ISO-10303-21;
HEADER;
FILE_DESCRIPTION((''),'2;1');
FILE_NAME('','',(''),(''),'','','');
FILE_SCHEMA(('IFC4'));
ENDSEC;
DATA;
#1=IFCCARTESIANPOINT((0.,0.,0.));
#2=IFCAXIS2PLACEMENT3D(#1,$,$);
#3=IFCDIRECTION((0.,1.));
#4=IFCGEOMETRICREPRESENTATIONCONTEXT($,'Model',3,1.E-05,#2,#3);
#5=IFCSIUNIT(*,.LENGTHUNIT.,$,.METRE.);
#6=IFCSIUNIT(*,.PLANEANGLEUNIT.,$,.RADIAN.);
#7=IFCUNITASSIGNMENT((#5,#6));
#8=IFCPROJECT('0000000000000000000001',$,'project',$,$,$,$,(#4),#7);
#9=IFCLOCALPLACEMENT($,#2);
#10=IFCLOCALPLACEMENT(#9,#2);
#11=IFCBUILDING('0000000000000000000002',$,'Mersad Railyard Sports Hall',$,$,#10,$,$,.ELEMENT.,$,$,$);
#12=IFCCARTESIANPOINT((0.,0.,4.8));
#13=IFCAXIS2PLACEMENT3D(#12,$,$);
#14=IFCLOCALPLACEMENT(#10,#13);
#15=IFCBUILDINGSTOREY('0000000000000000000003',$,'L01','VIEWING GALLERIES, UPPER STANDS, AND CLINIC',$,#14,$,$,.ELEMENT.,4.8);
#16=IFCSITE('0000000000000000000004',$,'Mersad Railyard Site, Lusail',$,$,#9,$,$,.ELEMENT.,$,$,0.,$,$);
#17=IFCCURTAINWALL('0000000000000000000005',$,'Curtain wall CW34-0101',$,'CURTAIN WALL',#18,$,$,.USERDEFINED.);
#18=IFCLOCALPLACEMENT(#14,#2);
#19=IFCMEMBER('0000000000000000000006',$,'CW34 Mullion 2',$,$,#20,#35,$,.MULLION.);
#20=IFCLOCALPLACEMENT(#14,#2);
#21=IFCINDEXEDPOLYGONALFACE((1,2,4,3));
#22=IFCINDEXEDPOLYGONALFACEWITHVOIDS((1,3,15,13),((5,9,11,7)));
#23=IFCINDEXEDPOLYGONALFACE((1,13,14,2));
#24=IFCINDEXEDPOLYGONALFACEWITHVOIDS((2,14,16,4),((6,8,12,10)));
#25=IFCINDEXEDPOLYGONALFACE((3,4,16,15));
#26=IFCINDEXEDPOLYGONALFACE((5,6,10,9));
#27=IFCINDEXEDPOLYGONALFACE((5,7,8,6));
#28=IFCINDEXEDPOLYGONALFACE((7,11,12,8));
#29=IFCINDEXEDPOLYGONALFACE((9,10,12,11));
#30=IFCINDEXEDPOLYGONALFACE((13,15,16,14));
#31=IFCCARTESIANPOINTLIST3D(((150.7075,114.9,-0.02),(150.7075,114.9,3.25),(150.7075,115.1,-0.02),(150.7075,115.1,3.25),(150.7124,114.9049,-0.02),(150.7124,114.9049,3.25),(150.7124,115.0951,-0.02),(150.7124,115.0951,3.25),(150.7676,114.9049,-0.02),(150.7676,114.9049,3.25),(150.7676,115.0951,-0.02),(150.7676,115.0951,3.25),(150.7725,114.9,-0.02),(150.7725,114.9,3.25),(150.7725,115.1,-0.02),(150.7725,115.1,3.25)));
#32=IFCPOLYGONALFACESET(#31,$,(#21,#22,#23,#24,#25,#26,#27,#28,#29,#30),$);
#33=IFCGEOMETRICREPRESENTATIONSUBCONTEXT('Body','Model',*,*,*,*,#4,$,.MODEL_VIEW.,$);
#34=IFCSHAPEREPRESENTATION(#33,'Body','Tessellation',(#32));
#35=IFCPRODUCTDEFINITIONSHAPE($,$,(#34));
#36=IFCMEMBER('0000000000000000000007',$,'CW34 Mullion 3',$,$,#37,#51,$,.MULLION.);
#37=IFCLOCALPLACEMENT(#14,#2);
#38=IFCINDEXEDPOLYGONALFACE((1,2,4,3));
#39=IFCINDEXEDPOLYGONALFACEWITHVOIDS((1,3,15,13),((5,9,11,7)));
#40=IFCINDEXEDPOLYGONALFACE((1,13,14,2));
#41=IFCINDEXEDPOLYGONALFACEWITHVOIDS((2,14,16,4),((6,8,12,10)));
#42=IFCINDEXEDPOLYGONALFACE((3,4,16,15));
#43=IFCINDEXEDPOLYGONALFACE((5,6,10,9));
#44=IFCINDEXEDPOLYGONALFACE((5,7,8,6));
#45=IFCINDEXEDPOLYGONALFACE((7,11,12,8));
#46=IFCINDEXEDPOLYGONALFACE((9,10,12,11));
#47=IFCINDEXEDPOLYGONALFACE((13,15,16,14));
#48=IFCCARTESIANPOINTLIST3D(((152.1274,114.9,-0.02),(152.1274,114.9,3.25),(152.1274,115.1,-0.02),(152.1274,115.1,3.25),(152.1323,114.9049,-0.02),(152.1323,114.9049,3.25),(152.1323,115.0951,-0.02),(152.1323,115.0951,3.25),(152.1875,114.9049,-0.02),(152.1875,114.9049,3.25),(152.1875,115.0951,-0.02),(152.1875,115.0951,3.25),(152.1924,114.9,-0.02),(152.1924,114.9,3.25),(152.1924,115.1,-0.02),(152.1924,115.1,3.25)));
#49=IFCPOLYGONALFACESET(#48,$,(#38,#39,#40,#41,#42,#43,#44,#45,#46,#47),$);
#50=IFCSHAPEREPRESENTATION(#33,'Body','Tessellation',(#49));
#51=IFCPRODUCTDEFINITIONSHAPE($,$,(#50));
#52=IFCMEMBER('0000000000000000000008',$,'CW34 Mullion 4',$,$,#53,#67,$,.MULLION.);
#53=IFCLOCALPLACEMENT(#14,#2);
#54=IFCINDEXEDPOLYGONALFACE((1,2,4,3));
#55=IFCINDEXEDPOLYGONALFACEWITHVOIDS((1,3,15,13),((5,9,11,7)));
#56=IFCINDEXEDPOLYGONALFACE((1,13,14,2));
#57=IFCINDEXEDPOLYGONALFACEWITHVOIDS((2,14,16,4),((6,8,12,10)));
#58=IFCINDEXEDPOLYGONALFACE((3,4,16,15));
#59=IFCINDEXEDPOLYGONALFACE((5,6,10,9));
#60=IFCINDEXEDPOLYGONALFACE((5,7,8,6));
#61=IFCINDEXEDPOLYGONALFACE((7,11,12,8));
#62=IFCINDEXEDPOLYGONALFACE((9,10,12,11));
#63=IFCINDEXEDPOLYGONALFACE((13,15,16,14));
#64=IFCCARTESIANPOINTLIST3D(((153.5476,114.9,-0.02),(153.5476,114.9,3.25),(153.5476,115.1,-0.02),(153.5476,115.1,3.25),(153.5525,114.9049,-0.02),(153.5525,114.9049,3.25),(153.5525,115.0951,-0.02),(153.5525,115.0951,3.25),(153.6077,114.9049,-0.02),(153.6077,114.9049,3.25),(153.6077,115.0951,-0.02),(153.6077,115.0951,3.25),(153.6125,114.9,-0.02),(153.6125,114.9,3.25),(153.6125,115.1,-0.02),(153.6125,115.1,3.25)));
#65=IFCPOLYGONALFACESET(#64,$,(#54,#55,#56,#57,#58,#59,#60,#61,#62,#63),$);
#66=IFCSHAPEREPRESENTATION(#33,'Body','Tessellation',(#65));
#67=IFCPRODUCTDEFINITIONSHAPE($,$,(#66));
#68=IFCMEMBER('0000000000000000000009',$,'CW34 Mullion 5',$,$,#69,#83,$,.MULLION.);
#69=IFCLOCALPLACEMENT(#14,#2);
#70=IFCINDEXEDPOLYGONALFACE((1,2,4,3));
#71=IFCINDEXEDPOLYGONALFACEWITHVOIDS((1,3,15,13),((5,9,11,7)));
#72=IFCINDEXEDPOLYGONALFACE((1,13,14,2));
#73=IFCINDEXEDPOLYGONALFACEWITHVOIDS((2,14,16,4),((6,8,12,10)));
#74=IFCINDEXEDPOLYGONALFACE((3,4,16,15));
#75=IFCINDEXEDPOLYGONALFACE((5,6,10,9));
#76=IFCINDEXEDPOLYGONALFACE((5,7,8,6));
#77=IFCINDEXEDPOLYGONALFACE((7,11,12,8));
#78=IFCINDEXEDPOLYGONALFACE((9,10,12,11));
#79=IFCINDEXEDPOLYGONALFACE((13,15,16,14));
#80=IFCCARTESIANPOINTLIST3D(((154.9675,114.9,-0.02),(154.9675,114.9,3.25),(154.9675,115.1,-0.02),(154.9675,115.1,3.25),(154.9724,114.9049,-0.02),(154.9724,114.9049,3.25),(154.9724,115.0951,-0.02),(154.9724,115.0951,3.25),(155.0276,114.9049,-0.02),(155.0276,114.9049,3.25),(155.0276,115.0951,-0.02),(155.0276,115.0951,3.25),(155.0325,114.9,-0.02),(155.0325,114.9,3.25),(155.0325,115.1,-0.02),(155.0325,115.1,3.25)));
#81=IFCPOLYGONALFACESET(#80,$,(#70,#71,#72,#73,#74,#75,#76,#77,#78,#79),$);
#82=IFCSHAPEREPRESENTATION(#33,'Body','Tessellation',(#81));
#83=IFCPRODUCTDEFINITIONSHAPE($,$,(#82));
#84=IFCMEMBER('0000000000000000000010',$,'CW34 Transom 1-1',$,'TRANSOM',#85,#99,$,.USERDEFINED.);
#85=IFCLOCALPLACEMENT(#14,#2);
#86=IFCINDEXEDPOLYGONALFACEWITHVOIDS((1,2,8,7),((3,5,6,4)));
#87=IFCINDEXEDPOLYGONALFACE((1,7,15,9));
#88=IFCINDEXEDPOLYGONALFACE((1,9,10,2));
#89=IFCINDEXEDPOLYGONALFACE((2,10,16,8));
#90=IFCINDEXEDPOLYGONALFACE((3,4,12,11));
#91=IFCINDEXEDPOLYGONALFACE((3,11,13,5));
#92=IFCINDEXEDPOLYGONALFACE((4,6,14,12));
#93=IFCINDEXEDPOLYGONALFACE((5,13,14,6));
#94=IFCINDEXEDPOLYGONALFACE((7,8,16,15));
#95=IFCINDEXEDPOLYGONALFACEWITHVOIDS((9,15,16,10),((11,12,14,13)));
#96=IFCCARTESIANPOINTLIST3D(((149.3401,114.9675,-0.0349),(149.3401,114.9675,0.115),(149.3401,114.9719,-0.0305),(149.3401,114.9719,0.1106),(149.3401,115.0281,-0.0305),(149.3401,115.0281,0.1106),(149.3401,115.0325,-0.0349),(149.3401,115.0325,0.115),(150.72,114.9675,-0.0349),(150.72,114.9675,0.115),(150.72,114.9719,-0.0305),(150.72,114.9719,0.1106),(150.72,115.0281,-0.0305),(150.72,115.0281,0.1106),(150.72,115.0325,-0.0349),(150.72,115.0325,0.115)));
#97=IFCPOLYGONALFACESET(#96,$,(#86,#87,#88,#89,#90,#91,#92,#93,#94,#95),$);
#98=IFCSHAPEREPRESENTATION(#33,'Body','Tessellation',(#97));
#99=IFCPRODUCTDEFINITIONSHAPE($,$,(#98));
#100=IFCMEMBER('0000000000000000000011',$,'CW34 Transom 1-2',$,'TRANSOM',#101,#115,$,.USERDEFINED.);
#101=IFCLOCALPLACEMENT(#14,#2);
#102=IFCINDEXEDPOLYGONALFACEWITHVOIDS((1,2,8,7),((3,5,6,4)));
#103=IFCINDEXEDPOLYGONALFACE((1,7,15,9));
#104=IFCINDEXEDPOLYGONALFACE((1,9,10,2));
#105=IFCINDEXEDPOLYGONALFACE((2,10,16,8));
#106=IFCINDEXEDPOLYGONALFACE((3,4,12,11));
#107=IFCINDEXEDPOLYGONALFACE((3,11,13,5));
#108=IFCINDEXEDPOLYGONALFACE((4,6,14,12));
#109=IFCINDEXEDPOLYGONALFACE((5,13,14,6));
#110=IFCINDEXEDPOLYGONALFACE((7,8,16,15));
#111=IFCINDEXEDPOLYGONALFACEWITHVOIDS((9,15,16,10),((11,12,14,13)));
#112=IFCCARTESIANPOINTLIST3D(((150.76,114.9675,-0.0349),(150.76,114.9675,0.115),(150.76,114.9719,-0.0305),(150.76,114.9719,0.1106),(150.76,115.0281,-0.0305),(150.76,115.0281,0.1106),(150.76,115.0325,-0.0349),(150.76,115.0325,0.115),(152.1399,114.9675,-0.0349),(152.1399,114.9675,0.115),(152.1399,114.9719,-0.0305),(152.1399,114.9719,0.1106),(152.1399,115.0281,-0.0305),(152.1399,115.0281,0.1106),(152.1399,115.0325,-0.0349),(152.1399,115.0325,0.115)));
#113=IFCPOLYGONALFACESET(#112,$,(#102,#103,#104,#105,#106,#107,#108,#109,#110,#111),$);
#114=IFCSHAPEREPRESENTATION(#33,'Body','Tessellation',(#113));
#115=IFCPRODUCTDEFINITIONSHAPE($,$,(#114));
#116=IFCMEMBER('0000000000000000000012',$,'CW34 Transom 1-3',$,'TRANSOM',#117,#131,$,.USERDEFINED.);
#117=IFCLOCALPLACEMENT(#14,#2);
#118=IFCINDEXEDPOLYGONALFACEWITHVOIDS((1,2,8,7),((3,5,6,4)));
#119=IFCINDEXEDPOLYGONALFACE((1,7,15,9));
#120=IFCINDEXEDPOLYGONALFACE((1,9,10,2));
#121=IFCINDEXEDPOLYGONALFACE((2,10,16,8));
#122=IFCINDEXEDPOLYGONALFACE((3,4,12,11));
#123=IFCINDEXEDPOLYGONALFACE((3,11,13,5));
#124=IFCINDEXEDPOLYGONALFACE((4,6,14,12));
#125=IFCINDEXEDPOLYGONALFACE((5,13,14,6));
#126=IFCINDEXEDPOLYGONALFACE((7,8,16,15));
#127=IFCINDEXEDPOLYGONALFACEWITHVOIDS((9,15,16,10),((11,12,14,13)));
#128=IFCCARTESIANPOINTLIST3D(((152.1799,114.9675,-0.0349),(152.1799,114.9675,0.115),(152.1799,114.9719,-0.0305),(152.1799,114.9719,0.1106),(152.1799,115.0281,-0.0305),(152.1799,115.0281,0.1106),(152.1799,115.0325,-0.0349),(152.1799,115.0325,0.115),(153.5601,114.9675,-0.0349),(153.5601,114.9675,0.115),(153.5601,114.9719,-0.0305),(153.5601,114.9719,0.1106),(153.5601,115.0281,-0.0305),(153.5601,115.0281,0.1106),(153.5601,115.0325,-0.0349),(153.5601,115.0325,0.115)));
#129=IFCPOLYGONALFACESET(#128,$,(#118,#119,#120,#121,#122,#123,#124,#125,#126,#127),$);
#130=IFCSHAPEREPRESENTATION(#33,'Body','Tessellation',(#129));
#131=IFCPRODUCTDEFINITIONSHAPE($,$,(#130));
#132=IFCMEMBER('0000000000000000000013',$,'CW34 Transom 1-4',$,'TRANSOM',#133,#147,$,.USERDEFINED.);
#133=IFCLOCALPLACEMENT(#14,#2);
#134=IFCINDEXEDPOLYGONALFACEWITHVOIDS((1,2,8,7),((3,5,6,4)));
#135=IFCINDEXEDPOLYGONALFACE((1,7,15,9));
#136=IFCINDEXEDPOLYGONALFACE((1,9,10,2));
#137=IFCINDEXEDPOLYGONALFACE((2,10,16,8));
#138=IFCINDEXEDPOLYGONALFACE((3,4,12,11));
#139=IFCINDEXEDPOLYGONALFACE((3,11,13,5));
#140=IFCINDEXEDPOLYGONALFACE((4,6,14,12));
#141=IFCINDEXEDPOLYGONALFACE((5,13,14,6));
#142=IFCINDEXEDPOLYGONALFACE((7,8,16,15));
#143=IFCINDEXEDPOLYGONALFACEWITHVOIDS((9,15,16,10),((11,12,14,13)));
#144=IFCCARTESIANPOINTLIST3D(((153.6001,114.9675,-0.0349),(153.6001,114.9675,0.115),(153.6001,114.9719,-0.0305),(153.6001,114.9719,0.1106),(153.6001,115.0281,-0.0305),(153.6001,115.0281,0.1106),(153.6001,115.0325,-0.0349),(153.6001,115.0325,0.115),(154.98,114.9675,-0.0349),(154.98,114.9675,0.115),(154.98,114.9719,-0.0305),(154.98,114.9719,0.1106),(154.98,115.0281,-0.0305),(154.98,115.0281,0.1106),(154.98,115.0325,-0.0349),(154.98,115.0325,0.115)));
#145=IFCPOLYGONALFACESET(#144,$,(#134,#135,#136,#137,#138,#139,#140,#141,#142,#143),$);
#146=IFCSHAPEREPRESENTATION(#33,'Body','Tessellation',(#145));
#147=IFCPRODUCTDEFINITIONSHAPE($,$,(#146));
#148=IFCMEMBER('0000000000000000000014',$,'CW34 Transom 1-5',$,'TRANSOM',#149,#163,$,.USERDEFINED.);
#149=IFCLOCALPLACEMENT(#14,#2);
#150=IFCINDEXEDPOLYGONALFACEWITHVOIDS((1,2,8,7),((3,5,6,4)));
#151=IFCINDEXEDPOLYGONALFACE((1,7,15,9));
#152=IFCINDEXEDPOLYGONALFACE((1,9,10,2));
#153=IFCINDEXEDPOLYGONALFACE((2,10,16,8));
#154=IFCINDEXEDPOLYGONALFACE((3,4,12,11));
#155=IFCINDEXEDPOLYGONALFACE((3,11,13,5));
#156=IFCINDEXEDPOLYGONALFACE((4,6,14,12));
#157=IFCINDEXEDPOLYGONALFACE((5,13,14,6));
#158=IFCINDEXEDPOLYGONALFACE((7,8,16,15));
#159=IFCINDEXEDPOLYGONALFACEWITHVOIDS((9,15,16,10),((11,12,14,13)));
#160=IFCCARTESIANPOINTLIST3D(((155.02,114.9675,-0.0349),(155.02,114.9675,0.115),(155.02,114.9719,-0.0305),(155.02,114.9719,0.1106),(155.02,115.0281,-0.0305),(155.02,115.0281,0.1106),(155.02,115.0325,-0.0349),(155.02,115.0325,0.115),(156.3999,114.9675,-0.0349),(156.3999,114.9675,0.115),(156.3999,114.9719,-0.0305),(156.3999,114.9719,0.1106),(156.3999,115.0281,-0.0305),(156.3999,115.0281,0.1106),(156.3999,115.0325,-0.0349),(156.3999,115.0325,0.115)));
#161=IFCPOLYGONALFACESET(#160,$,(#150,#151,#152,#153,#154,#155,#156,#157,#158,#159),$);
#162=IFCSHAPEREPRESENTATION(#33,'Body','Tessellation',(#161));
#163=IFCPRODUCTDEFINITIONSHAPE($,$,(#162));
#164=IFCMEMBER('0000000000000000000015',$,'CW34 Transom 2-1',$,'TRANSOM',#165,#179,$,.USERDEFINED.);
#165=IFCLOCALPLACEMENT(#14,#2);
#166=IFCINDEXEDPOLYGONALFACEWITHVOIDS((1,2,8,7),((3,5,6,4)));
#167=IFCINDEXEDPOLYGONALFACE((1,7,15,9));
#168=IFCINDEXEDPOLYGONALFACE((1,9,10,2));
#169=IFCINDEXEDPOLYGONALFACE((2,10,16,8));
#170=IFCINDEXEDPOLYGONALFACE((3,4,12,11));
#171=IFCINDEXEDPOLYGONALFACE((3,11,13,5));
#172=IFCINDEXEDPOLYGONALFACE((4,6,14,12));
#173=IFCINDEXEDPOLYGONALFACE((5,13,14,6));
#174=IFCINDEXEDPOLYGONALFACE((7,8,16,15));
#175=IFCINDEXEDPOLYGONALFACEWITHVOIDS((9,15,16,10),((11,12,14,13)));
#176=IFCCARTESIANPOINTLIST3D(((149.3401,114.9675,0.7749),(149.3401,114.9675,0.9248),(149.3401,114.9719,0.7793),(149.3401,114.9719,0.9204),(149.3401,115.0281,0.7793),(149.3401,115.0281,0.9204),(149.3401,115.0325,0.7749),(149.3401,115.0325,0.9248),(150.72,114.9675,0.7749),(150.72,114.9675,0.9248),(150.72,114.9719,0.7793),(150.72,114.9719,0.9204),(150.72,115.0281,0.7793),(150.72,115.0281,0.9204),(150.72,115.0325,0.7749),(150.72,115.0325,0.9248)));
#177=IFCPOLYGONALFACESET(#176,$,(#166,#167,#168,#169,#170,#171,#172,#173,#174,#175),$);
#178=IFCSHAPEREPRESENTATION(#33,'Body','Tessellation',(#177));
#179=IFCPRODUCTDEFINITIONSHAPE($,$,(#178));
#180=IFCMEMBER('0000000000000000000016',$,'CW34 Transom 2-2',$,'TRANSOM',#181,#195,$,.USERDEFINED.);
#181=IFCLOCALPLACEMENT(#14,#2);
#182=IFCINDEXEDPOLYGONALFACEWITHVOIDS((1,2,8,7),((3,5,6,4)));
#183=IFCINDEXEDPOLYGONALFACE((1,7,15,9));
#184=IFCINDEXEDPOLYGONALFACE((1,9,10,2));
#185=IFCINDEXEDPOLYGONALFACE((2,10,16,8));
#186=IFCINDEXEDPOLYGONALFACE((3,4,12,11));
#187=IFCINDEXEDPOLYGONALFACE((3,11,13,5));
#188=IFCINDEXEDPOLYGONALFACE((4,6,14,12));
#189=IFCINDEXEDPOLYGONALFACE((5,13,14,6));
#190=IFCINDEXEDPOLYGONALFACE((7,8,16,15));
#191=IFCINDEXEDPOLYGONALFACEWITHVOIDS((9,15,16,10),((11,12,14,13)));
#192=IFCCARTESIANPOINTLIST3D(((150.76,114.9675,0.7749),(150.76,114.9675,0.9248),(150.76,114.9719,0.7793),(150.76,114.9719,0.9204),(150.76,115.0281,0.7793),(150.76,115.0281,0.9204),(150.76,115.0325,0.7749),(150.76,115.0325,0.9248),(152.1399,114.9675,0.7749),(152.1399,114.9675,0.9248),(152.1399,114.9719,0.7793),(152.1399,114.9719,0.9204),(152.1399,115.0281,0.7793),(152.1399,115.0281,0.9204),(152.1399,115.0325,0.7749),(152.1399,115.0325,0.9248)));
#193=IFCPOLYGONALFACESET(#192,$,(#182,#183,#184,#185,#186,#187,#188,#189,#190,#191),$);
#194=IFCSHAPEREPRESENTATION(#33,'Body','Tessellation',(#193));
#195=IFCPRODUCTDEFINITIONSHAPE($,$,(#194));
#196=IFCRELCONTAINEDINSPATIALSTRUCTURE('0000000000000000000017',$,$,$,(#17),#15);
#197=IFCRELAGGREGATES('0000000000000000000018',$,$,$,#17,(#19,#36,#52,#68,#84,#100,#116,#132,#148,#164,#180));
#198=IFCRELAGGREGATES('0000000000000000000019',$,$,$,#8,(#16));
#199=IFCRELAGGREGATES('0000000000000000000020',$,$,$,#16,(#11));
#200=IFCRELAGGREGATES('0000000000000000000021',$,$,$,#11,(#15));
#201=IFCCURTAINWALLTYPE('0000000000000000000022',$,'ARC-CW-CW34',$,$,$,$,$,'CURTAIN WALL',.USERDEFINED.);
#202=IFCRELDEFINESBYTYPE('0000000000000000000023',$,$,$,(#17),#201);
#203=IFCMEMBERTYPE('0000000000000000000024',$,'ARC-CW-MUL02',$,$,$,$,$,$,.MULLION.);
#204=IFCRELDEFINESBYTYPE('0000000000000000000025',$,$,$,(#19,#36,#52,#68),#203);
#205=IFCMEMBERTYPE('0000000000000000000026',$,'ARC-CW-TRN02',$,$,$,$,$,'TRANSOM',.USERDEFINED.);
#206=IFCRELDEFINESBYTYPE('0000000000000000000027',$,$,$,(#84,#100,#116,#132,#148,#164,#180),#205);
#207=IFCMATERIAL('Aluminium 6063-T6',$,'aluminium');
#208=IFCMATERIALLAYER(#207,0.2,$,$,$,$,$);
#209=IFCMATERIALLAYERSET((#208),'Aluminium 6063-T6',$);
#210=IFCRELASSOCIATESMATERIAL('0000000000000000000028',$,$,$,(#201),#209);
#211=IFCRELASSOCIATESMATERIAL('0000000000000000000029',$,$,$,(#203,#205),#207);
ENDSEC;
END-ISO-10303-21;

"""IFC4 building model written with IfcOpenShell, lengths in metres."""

from ifc_helpers import new_model, si_unit, direction, frame, origin, origin_2d, place, context, subcontext, project, spatial, hollow_rectangle, extrude, material, layer, layer_set, material_profile, profile_set, type_object, element, aggregate, save


model = new_model("IFC4")

# Units and contexts
model_context = context("Model", 3, precision=1e-05, world=origin(), true_north=direction((0.0, 1.0)))
body_context = subcontext(model_context, "Body", "Model", "MODEL_VIEW")
ifc_project = project(units=[si_unit("LENGTHUNIT", "METRE"), si_unit("PLANEANGLEUNIT", "RADIAN")], contexts=[model_context])

# Site, building, storey
site_placement = place(None, origin())
site = spatial("IfcSite", under=ifc_project, at=site_placement, Name="Mersad Railyard Site, Lusail", CompositionType="ELEMENT", RefElevation=0.0)
building_placement = place(site_placement, origin())
building = spatial("IfcBuilding", under=site, at=building_placement, Name="Mersad Railyard Sports Hall", CompositionType="ELEMENT")
storey_placement = place(building_placement, frame((0.0, 0.0, 4.8)))
storey = spatial("IfcBuildingStorey", under=building, at=storey_placement, Name="L01", Description="VIEWING GALLERIES, UPPER STANDS, AND CLINIC", CompositionType="ELEMENT", Elevation=4.8)

# Curtain wall, members
ifc_material_1 = material(Name="Aluminium 6063-T6", Category="aluminium")
ifc_layer_1 = layer(ifc_material_1, 0.2)
ifc_layer_set_1 = layer_set([ifc_layer_1], Name="Aluminium 6063-T6")
curtain_wall_type = type_object("IfcCurtainWallType", Name="ARC-CW-CW34", ElementType="CURTAIN WALL", PredefinedType="USERDEFINED", material=ifc_layer_set_1)
curtain_wall_placement = place(storey_placement, origin())
curtain_wall = element("IfcCurtainWall", 1, at=curtain_wall_placement, inside=storey, type_object=curtain_wall_type, Name="Curtain wall CW34-0101", ObjectType="CURTAIN WALL", PredefinedType="USERDEFINED")
ifc_material_profile_1 = material_profile(ifc_material_1, hollow_rectangle(XDim=0.0649, YDim=0.2, WallThickness=0.0049, at=origin_2d()), Name="AL MULLION 65x200x5")
ifc_profile_set_1 = profile_set([ifc_material_profile_1], Name="Aluminium 6063-T6")
member_type_1 = type_object("IfcMemberType", Name="ARC-CW-MUL02", PredefinedType="MULLION", material=ifc_profile_set_1)
member_1_placement = place(storey_placement, frame((150.74, 115.0, -0.02), z_axis=(0.0, 0.0, 1.0), x_axis=(1.0, 0.0, 0.0)))
member_1 = element("IfcMember", 2, at=member_1_placement, type_object=member_type_1, Name="CW34 Mullion 2", PredefinedType="MULLION", context=body_context, shape_type="SweptSolid", body=[
    extrude(hollow_rectangle(XDim=0.0649, YDim=0.2, WallThickness=0.0049, at=origin_2d()), origin(), (0.0, 0.0, 1.0), 3.27),
])
member_2_placement = place(storey_placement, frame((152.1599, 115.0, -0.02), z_axis=(0.0, 0.0, 1.0), x_axis=(1.0, 0.0, 0.0)))
member_2 = element("IfcMember", 3, at=member_2_placement, type_object=member_type_1, Name="CW34 Mullion 3", PredefinedType="MULLION", context=body_context, shape_type="SweptSolid", body=[
    extrude(hollow_rectangle(XDim=0.0649, YDim=0.2, WallThickness=0.0049, at=origin_2d()), origin(), (0.0, 0.0, 1.0), 3.27),
])
member_3_placement = place(storey_placement, frame((153.5801, 115.0, -0.02), z_axis=(0.0, 0.0, 1.0), x_axis=(1.0, 0.0, 0.0)))
member_3 = element("IfcMember", 4, at=member_3_placement, type_object=member_type_1, Name="CW34 Mullion 4", PredefinedType="MULLION", context=body_context, shape_type="SweptSolid", body=[
    extrude(hollow_rectangle(XDim=0.0649, YDim=0.2, WallThickness=0.0049, at=origin_2d()), origin(), (0.0, 0.0, 1.0), 3.27),
])
member_4_placement = place(storey_placement, frame((155.0, 115.0, -0.02), z_axis=(0.0, 0.0, 1.0), x_axis=(1.0, 0.0, 0.0)))
member_4 = element("IfcMember", 5, at=member_4_placement, type_object=member_type_1, Name="CW34 Mullion 5", PredefinedType="MULLION", context=body_context, shape_type="SweptSolid", body=[
    extrude(hollow_rectangle(XDim=0.0649, YDim=0.2, WallThickness=0.0049, at=origin_2d()), origin(), (0.0, 0.0, 1.0), 3.27),
])
ifc_material_profile_2 = material_profile(ifc_material_1, hollow_rectangle(XDim=0.0649, YDim=0.1499, WallThickness=0.0044, at=origin_2d()), Name="AL TRANSOM 65x150x4.5")
ifc_profile_set_2 = profile_set([ifc_material_profile_2], Name="Aluminium 6063-T6")
member_type_2 = type_object("IfcMemberType", Name="ARC-CW-TRN02", ElementType="TRANSOM", PredefinedType="USERDEFINED", material=ifc_profile_set_2)
member_5_placement = place(storey_placement, frame((149.3401, 115.0, 0.04), z_axis=(1.0, 0.0, 0.0), x_axis=(0.0, 1.0, 0.0)))
member_5 = element("IfcMember", 6, at=member_5_placement, type_object=member_type_2, Name="CW34 Transom 1-1", ObjectType="TRANSOM", PredefinedType="USERDEFINED", context=body_context, shape_type="SweptSolid", body=[
    extrude(hollow_rectangle(XDim=0.0649, YDim=0.1499, WallThickness=0.0044, at=origin_2d()), origin(), (0.0, 0.0, 1.0), 1.3799),
])
member_6_placement = place(storey_placement, frame((150.76, 115.0, 0.04), z_axis=(1.0, 0.0, 0.0), x_axis=(0.0, 1.0, 0.0)))
member_6 = element("IfcMember", 7, at=member_6_placement, type_object=member_type_2, Name="CW34 Transom 1-2", ObjectType="TRANSOM", PredefinedType="USERDEFINED", context=body_context, shape_type="SweptSolid", body=[
    extrude(hollow_rectangle(XDim=0.0649, YDim=0.1499, WallThickness=0.0044, at=origin_2d()), origin(), (0.0, 0.0, 1.0), 1.3799),
])
member_7_placement = place(storey_placement, frame((152.1799, 115.0, 0.04), z_axis=(1.0, 0.0, 0.0), x_axis=(0.0, 1.0, 0.0)))
member_7 = element("IfcMember", 8, at=member_7_placement, type_object=member_type_2, Name="CW34 Transom 1-3", ObjectType="TRANSOM", PredefinedType="USERDEFINED", context=body_context, shape_type="SweptSolid", body=[
    extrude(hollow_rectangle(XDim=0.0649, YDim=0.1499, WallThickness=0.0044, at=origin_2d()), origin(), (0.0, 0.0, 1.0), 1.3801),
])
member_8_placement = place(storey_placement, frame((153.6001, 115.0, 0.04), z_axis=(1.0, 0.0, 0.0), x_axis=(0.0, 1.0, 0.0)))
member_8 = element("IfcMember", 9, at=member_8_placement, type_object=member_type_2, Name="CW34 Transom 1-4", ObjectType="TRANSOM", PredefinedType="USERDEFINED", context=body_context, shape_type="SweptSolid", body=[
    extrude(hollow_rectangle(XDim=0.0649, YDim=0.1499, WallThickness=0.0044, at=origin_2d()), origin(), (0.0, 0.0, 1.0), 1.3799),
])
member_9_placement = place(storey_placement, frame((155.02, 115.0, 0.04), z_axis=(1.0, 0.0, 0.0), x_axis=(0.0, 1.0, 0.0)))
member_9 = element("IfcMember", 10, at=member_9_placement, type_object=member_type_2, Name="CW34 Transom 1-5", ObjectType="TRANSOM", PredefinedType="USERDEFINED", context=body_context, shape_type="SweptSolid", body=[
    extrude(hollow_rectangle(XDim=0.0649, YDim=0.1499, WallThickness=0.0044, at=origin_2d()), origin(), (0.0, 0.0, 1.0), 1.3799),
])
member_10_placement = place(storey_placement, frame((149.3401, 115.0, 0.8499), z_axis=(1.0, 0.0, 0.0), x_axis=(0.0, 1.0, 0.0)))
member_10 = element("IfcMember", 11, at=member_10_placement, type_object=member_type_2, Name="CW34 Transom 2-1", ObjectType="TRANSOM", PredefinedType="USERDEFINED", context=body_context, shape_type="SweptSolid", body=[
    extrude(hollow_rectangle(XDim=0.0649, YDim=0.1499, WallThickness=0.0044, at=origin_2d()), origin(), (0.0, 0.0, 1.0), 1.3799),
])
member_11_placement = place(storey_placement, frame((150.76, 115.0, 0.8499), z_axis=(1.0, 0.0, 0.0), x_axis=(0.0, 1.0, 0.0)))
member_11 = element("IfcMember", 12, at=member_11_placement, type_object=member_type_2, Name="CW34 Transom 2-2", ObjectType="TRANSOM", PredefinedType="USERDEFINED", context=body_context, shape_type="SweptSolid", body=[
    extrude(hollow_rectangle(XDim=0.0649, YDim=0.1499, WallThickness=0.0044, at=origin_2d()), origin(), (0.0, 0.0, 1.0), 1.3799),
])

aggregate(curtain_wall, [member_1, member_2, member_3, member_4, member_5, member_6, member_7, member_8, member_9, member_10, member_11])

save(model, "model.ifc")
